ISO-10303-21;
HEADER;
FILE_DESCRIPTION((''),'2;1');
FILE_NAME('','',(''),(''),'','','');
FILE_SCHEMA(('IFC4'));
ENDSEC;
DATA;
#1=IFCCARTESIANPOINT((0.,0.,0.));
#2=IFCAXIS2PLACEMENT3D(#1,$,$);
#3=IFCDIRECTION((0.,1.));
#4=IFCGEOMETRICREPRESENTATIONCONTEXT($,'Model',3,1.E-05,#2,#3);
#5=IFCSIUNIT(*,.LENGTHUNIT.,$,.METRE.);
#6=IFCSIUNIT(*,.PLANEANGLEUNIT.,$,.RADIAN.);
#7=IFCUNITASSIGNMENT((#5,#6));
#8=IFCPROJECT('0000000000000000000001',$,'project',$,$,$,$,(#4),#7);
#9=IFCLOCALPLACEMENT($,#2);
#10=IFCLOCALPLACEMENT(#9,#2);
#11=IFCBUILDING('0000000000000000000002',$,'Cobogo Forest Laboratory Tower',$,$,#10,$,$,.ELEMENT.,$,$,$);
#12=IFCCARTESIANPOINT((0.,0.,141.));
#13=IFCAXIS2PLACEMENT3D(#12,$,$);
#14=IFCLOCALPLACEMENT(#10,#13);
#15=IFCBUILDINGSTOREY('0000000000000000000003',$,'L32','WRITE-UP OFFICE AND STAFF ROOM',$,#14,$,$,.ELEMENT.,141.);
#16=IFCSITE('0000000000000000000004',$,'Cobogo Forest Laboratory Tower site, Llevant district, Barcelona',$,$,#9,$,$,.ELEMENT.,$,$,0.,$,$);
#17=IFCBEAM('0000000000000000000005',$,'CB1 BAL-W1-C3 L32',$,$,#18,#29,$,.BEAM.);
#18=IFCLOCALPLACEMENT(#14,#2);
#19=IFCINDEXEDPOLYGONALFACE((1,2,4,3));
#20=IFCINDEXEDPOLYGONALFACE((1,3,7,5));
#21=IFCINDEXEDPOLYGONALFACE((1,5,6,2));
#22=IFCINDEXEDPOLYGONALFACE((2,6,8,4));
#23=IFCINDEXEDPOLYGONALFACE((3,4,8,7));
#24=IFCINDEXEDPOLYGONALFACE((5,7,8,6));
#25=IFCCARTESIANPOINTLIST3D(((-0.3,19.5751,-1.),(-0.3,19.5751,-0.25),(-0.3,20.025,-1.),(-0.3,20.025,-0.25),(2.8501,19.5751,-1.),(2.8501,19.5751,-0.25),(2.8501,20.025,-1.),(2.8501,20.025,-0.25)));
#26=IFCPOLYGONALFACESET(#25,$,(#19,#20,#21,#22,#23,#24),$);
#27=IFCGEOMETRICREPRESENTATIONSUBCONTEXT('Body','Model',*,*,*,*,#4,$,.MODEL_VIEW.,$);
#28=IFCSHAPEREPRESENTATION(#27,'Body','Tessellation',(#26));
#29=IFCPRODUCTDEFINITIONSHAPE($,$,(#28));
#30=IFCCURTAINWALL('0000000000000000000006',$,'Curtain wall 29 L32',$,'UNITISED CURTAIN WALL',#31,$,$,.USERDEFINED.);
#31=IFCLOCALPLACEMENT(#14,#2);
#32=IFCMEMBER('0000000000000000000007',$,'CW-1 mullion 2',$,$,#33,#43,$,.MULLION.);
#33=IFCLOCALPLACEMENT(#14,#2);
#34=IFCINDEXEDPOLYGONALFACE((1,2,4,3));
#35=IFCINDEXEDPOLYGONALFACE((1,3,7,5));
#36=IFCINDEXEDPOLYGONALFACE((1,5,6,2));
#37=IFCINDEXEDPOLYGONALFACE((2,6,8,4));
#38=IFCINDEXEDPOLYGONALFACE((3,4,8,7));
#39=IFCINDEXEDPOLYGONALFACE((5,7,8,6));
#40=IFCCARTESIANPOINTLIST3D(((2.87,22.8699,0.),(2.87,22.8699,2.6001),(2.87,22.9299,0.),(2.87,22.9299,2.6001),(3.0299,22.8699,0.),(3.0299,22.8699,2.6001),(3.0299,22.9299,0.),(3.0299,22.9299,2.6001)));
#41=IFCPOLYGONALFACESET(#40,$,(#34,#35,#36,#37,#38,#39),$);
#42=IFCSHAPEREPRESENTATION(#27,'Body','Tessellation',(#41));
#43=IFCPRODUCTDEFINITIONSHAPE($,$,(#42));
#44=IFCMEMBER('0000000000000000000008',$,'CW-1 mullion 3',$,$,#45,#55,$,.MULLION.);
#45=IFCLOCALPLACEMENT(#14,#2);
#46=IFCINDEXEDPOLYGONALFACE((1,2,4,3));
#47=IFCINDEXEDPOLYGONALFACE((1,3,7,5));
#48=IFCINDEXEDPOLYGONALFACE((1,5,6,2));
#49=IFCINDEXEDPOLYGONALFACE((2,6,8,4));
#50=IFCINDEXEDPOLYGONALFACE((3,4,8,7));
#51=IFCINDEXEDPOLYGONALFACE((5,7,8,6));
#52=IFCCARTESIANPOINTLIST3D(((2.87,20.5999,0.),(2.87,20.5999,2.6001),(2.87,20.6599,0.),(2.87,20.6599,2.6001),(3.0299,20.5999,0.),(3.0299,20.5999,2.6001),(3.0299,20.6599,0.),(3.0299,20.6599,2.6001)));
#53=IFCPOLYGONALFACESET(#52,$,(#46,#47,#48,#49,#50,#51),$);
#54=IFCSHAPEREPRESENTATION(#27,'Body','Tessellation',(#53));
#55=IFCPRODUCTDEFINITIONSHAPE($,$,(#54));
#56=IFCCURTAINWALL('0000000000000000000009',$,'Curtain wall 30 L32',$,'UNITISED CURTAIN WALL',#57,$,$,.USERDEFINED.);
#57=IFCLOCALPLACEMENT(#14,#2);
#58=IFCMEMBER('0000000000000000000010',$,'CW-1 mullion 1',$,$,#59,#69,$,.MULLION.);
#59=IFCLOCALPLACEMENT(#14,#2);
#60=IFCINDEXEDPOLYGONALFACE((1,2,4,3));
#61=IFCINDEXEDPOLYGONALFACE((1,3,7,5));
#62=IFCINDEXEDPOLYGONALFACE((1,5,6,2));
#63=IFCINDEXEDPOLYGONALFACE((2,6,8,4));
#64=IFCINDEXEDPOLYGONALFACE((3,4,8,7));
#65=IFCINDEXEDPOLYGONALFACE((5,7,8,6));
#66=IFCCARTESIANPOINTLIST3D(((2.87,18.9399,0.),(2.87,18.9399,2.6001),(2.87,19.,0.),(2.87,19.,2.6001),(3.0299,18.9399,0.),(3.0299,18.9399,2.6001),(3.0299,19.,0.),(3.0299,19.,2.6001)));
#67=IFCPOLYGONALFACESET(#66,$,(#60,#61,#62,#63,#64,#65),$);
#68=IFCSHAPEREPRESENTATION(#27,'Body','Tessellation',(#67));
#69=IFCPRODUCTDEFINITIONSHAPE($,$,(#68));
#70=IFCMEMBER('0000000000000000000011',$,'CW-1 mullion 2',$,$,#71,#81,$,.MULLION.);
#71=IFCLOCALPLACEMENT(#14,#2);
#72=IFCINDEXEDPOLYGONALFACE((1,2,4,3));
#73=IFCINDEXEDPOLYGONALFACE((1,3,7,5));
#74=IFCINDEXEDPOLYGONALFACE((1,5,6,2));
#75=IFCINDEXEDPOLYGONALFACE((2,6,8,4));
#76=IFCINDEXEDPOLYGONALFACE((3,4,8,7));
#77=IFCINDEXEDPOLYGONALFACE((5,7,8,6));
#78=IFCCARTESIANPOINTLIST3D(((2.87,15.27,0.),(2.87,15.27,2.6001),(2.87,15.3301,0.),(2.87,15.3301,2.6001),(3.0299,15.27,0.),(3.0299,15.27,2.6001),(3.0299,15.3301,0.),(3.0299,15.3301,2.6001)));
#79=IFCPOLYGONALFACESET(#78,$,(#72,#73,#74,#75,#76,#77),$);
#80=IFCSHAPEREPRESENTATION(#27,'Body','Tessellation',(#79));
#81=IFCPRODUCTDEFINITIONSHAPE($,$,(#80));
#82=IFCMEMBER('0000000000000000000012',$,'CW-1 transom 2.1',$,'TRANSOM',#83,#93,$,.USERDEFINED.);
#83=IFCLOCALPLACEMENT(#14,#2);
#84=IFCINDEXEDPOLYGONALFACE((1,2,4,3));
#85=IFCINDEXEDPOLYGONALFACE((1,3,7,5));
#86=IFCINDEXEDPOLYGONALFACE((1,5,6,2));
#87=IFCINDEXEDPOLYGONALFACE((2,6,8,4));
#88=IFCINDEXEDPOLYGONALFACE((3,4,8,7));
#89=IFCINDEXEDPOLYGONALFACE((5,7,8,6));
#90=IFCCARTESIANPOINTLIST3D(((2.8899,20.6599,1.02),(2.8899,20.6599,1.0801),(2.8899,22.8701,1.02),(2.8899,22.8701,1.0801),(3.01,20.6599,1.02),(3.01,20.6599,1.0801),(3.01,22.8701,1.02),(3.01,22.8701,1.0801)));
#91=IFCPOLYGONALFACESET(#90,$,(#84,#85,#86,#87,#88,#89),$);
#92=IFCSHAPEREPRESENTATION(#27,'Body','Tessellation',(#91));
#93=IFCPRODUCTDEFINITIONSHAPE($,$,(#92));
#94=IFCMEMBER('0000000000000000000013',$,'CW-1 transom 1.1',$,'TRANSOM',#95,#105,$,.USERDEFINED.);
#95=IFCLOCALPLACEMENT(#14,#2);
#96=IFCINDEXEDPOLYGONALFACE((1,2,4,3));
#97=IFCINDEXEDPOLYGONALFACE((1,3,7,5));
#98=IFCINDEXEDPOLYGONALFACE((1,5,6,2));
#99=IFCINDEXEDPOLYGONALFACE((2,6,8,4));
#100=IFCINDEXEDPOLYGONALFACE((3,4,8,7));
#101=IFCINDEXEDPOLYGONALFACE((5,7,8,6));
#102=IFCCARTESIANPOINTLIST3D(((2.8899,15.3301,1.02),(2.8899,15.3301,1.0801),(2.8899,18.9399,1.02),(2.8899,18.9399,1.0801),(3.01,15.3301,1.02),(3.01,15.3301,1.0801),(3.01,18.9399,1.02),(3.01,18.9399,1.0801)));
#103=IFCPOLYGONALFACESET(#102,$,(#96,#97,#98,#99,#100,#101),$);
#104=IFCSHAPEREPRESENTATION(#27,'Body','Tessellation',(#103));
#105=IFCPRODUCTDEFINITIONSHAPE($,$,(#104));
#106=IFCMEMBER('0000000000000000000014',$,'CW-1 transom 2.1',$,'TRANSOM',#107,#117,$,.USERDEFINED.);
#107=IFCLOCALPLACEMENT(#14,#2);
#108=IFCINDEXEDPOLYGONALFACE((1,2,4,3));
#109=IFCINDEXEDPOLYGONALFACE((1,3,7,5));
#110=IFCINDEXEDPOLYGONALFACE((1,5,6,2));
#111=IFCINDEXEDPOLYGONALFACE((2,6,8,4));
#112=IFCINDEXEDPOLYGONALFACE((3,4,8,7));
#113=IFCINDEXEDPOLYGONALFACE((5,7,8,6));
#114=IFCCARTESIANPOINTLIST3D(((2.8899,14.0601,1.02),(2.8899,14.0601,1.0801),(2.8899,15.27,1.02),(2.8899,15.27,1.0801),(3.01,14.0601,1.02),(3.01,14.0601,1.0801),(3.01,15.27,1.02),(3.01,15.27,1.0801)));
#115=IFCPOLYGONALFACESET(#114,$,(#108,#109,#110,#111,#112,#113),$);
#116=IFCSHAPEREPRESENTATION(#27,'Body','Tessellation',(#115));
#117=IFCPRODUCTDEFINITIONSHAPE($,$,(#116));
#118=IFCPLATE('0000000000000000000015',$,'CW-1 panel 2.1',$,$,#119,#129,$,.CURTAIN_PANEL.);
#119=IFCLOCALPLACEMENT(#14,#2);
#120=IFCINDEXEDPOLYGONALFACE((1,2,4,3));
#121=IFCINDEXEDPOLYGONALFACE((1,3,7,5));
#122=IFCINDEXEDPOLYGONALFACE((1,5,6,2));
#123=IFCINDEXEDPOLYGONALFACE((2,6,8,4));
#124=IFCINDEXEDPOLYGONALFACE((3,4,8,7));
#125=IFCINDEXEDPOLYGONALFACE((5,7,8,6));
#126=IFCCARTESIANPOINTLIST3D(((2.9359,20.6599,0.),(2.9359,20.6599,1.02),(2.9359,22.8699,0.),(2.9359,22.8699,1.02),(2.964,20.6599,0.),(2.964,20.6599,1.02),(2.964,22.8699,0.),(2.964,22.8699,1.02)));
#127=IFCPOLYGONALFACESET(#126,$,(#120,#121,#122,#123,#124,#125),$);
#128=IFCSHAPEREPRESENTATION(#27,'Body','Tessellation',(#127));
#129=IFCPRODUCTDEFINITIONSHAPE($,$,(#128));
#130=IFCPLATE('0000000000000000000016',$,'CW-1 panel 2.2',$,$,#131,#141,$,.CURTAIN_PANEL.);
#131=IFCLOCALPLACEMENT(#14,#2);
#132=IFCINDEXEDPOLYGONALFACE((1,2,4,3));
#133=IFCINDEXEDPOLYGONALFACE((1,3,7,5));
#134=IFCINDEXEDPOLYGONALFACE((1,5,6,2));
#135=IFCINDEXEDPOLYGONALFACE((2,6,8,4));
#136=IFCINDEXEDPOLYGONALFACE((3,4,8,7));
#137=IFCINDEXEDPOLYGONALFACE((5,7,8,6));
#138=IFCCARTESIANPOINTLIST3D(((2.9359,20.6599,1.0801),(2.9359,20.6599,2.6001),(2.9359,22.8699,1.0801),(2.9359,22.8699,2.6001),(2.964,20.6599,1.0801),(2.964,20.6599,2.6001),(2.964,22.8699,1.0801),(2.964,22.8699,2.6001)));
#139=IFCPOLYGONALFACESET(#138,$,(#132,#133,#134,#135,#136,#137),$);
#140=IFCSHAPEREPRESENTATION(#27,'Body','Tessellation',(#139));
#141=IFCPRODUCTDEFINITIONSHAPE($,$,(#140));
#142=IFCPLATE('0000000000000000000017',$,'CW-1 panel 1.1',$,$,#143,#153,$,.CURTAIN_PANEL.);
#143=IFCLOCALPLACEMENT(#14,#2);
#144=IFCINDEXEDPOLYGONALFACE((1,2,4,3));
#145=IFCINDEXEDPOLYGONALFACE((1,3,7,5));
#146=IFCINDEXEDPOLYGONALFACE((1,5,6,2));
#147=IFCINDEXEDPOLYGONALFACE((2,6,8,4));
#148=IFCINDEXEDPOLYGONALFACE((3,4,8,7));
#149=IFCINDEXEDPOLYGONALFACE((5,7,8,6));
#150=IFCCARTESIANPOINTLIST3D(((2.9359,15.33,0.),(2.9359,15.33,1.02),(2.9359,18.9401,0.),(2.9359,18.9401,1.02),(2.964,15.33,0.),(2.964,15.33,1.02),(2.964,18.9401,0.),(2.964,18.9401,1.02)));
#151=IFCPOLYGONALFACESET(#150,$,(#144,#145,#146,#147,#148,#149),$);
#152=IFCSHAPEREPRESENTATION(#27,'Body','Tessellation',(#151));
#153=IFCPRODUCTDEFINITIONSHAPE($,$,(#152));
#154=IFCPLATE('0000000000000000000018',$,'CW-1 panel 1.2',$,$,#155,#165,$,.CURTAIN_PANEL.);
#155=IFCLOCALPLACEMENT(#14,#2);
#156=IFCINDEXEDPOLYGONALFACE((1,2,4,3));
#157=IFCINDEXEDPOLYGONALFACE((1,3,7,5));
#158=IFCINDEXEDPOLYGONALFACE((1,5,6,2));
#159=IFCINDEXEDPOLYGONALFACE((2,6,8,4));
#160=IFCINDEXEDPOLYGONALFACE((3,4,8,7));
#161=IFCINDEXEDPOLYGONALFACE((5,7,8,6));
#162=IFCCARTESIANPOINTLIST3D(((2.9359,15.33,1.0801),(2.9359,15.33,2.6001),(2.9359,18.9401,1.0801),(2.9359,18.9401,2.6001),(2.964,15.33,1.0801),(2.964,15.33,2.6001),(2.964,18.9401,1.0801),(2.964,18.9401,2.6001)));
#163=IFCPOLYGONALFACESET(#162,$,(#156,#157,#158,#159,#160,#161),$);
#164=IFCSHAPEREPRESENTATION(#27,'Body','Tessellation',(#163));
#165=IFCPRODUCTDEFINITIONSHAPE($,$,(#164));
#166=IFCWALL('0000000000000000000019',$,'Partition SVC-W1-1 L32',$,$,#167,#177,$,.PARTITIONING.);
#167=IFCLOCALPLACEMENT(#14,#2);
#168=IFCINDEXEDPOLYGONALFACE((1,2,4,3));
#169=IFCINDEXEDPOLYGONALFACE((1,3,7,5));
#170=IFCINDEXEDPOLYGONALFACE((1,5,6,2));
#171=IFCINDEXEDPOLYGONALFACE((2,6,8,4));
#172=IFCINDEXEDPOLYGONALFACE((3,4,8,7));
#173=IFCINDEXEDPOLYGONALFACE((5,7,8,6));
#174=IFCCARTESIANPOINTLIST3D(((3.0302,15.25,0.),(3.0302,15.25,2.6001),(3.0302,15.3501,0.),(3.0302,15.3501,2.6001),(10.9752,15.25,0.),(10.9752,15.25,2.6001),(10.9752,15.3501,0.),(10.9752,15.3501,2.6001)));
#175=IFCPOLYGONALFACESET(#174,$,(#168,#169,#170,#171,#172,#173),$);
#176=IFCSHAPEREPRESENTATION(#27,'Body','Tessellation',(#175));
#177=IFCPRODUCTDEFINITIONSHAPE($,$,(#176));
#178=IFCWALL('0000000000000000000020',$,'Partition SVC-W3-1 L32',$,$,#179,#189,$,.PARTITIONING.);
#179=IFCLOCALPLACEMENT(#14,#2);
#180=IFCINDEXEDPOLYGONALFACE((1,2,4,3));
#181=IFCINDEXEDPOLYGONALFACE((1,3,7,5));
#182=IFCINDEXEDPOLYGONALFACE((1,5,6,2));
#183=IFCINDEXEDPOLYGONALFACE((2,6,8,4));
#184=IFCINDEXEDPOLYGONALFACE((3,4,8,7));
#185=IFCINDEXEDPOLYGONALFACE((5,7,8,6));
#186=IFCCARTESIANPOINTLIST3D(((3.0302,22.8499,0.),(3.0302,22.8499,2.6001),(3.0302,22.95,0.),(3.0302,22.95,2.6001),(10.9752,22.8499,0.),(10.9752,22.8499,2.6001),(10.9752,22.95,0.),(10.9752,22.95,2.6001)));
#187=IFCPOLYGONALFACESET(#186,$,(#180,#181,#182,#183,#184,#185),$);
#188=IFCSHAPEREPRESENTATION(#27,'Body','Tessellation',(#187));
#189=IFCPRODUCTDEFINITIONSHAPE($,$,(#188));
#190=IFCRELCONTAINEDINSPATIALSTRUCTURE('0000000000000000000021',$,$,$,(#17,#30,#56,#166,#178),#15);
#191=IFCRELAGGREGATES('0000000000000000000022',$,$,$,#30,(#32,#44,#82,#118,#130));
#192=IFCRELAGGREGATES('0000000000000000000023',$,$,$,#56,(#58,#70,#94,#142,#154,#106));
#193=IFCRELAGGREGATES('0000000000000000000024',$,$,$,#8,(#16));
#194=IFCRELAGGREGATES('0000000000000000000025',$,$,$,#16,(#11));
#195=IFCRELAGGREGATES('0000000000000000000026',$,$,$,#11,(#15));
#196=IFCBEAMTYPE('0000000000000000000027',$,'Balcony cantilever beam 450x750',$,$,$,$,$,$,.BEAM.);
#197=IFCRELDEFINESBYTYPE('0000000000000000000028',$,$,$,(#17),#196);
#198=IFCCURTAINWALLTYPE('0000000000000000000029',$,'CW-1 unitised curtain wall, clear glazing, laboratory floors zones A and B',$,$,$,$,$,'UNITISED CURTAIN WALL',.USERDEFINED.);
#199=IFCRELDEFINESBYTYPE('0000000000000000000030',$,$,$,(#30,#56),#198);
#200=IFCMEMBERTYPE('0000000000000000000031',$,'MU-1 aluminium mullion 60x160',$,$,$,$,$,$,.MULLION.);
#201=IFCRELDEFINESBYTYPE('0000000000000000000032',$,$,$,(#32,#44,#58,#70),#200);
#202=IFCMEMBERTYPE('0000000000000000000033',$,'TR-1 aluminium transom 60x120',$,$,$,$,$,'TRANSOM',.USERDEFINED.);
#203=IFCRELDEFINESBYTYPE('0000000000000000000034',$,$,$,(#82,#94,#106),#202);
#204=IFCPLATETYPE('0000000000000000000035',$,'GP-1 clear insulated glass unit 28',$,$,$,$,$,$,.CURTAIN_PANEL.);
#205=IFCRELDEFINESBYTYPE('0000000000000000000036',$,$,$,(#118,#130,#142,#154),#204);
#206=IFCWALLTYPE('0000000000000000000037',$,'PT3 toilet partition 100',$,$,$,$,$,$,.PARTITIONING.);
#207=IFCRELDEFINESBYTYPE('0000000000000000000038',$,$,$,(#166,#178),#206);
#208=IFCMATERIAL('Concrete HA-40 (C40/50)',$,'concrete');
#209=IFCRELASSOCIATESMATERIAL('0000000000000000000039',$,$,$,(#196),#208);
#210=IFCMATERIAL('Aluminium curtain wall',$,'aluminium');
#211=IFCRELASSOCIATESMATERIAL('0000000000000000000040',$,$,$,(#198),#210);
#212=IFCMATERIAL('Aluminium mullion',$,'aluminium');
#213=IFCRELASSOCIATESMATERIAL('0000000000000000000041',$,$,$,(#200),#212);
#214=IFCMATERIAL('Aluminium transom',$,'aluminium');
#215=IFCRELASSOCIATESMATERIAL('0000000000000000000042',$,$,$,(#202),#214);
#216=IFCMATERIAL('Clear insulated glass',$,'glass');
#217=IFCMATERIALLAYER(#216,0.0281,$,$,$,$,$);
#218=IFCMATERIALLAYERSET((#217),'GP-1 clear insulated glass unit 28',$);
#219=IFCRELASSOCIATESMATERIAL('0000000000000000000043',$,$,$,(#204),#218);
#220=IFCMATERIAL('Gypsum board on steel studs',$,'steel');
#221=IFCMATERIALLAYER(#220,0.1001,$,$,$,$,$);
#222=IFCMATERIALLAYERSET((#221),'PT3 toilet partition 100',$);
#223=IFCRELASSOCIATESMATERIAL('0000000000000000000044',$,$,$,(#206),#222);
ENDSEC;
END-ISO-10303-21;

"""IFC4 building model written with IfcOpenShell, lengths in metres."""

from ifc_helpers import new_model, si_unit, direction, frame, frame_2d, origin, origin_2d, place, context, subcontext, project, spatial, rectangle, extrude, material, layer, layer_set, material_profile, profile_set, type_object, element, aggregate, save


model = new_model("IFC4")

# Units and contexts
model_context = context("Model", 3, precision=1e-05, world=origin(), true_north=direction((0.0, 1.0)))
body_context = subcontext(model_context, "Body", "Model", "MODEL_VIEW")
ifc_project = project(units=[si_unit("LENGTHUNIT", "METRE"), si_unit("PLANEANGLEUNIT", "RADIAN")], contexts=[model_context])

# Site, building, storey
site_placement = place(None, origin())
site = spatial("IfcSite", under=ifc_project, at=site_placement, Name="Cobogo Forest Laboratory Tower site, Llevant district, Barcelona", CompositionType="ELEMENT", RefElevation=0.0)
building_placement = place(site_placement, origin())
building = spatial("IfcBuilding", under=site, at=building_placement, Name="Cobogo Forest Laboratory Tower", CompositionType="ELEMENT")
storey_placement = place(building_placement, frame((0.0, 0.0, 141.0)))
storey = spatial("IfcBuildingStorey", under=building, at=storey_placement, Name="L32", Description="WRITE-UP OFFICE AND STAFF ROOM", CompositionType="ELEMENT", Elevation=141.0)

# Beam
ifc_material_1 = material(Name="Concrete HA-40 (C40/50)", Category="concrete")
ifc_material_profile_1 = material_profile(ifc_material_1, rectangle(XDim=0.45, YDim=0.75, at=origin_2d()), Name="RC 450x750")
ifc_profile_set_1 = profile_set([ifc_material_profile_1], Name="Concrete HA-40 (C40/50)")
beam_type = type_object("IfcBeamType", Name="Balcony cantilever beam 450x750", PredefinedType="BEAM", material=ifc_profile_set_1)
beam_placement = place(storey_placement, frame((2.8501, 19.8, -0.625), z_axis=(-1.0, 0.0, 0.0), x_axis=(0.0, -1.0, 0.0)))
element("IfcBeam", 1, at=beam_placement, inside=storey, type_object=beam_type, Name="CB1 BAL-W1-C3 L32", PredefinedType="BEAM", context=body_context, shape_type="SweptSolid", body=[
    extrude(rectangle(XDim=0.45, YDim=0.75, at=origin_2d()), origin(), (0.0, 0.0, 1.0), 3.1501),
])

# Curtain walls, members
ifc_material_2 = material(Name="Aluminium curtain wall", Category="aluminium")
curtain_wall_type = type_object("IfcCurtainWallType", Name="CW-1 unitised curtain wall, clear glazing, laboratory floors zones A and B", ElementType="UNITISED CURTAIN WALL", PredefinedType="USERDEFINED", material=ifc_material_2)
curtain_wall_1_placement = place(storey_placement, origin())
curtain_wall_1 = element("IfcCurtainWall", 2, at=curtain_wall_1_placement, inside=storey, type_object=curtain_wall_type, Name="Curtain wall 29 L32", ObjectType="UNITISED CURTAIN WALL", PredefinedType="USERDEFINED")
ifc_material_3 = material(Name="Aluminium mullion", Category="aluminium")
ifc_material_profile_2 = material_profile(ifc_material_3, rectangle(XDim=0.0601, YDim=0.1599, at=origin_2d()), Name="AL 60x160")
ifc_profile_set_2 = profile_set([ifc_material_profile_2], Name="Aluminium mullion")
member_type_1 = type_object("IfcMemberType", Name="MU-1 aluminium mullion 60x160", PredefinedType="MULLION", material=ifc_profile_set_2)
member_1_placement = place(storey_placement, frame((2.95, 22.8999, 0.0), z_axis=(0.0, 0.0, 1.0), x_axis=(0.0, -1.0, 0.0)))
member_1 = element("IfcMember", 3, at=member_1_placement, type_object=member_type_1, Name="CW-1 mullion 2", PredefinedType="MULLION", context=body_context, shape_type="SweptSolid", body=[
    extrude(rectangle(XDim=0.0601, YDim=0.1599, at=origin_2d()), origin(), (0.0, 0.0, 1.0), 2.6001),
])
member_2_placement = place(storey_placement, frame((2.95, 20.6299, 0.0), z_axis=(0.0, 0.0, 1.0), x_axis=(0.0, -1.0, 0.0)))
member_2 = element("IfcMember", 4, at=member_2_placement, type_object=member_type_1, Name="CW-1 mullion 3", PredefinedType="MULLION", context=body_context, shape_type="SweptSolid", body=[
    extrude(rectangle(XDim=0.0601, YDim=0.1599, at=origin_2d()), origin(), (0.0, 0.0, 1.0), 2.6001),
])
curtain_wall_2_placement = place(storey_placement, origin())
curtain_wall_2 = element("IfcCurtainWall", 5, at=curtain_wall_2_placement, inside=storey, type_object=curtain_wall_type, Name="Curtain wall 30 L32", ObjectType="UNITISED CURTAIN WALL", PredefinedType="USERDEFINED")
member_3_placement = place(storey_placement, frame((2.95, 18.97, 0.0), z_axis=(0.0, 0.0, 1.0), x_axis=(0.0, -1.0, 0.0)))
member_3 = element("IfcMember", 6, at=member_3_placement, type_object=member_type_1, Name="CW-1 mullion 1", PredefinedType="MULLION", context=body_context, shape_type="SweptSolid", body=[
    extrude(rectangle(XDim=0.0601, YDim=0.1599, at=origin_2d()), origin(), (0.0, 0.0, 1.0), 2.6001),
])
member_4_placement = place(storey_placement, frame((2.95, 15.3, 0.0), z_axis=(0.0, 0.0, 1.0), x_axis=(0.0, -1.0, 0.0)))
member_4 = element("IfcMember", 7, at=member_4_placement, type_object=member_type_1, Name="CW-1 mullion 2", PredefinedType="MULLION", context=body_context, shape_type="SweptSolid", body=[
    extrude(rectangle(XDim=0.0601, YDim=0.1599, at=origin_2d()), origin(), (0.0, 0.0, 1.0), 2.6001),
])

# Members
ifc_material_4 = material(Name="Aluminium transom", Category="aluminium")
ifc_material_profile_3 = material_profile(ifc_material_4, rectangle(XDim=0.1201, YDim=0.0601, at=origin_2d()), Name="AL 60x120")
ifc_profile_set_3 = profile_set([ifc_material_profile_3], Name="Aluminium transom")
member_type_2 = type_object("IfcMemberType", Name="TR-1 aluminium transom 60x120", ElementType="TRANSOM", PredefinedType="USERDEFINED", material=ifc_profile_set_3)
member_5_placement = place(storey_placement, frame((2.95, 22.8701, 1.05), z_axis=(0.0, -1.0, 0.0), x_axis=(1.0, 0.0, 0.0)))
member_5 = element("IfcMember", 8, at=member_5_placement, type_object=member_type_2, Name="CW-1 transom 2.1", ObjectType="TRANSOM", PredefinedType="USERDEFINED", context=body_context, shape_type="SweptSolid", body=[
    extrude(rectangle(XDim=0.1201, YDim=0.0601, at=origin_2d()), origin(), (0.0, 0.0, 1.0), 2.2102),
])
member_6_placement = place(storey_placement, frame((2.95, 18.9399, 1.05), z_axis=(0.0, -1.0, 0.0), x_axis=(1.0, 0.0, 0.0)))
member_6 = element("IfcMember", 9, at=member_6_placement, type_object=member_type_2, Name="CW-1 transom 1.1", ObjectType="TRANSOM", PredefinedType="USERDEFINED", context=body_context, shape_type="SweptSolid", body=[
    extrude(rectangle(XDim=0.1201, YDim=0.0601, at=origin_2d()), origin(), (0.0, 0.0, 1.0), 3.6099),
])
member_7_placement = place(storey_placement, frame((2.95, 15.27, 1.05), z_axis=(0.0, -1.0, 0.0), x_axis=(1.0, 0.0, 0.0)))
member_7 = element("IfcMember", 10, at=member_7_placement, type_object=member_type_2, Name="CW-1 transom 2.1", ObjectType="TRANSOM", PredefinedType="USERDEFINED", context=body_context, shape_type="SweptSolid", body=[
    extrude(rectangle(XDim=0.1201, YDim=0.0601, at=origin_2d()), origin(), (0.0, 0.0, 1.0), 1.21),
])

# Plates
ifc_material_5 = material(Name="Clear insulated glass", Category="glass")
ifc_layer_1 = layer(ifc_material_5, 0.0281)
ifc_layer_set_1 = layer_set([ifc_layer_1], Name="GP-1 clear insulated glass unit 28")
plate_type_1 = type_object("IfcPlateType", Name="GP-1 clear insulated glass unit 28", PredefinedType="CURTAIN_PANEL", material=ifc_layer_set_1)
plate_1_placement = place(storey_placement, frame((2.95, 21.7649, 0.0), z_axis=(0.0, 0.0, 1.0), x_axis=(0.0, -1.0, 0.0)))
plate_1 = element("IfcPlate", 11, at=plate_1_placement, type_object=plate_type_1, Name="CW-1 panel 2.1", PredefinedType="CURTAIN_PANEL", context=body_context, shape_type="SweptSolid", body=[
    extrude(rectangle(XDim=2.21, YDim=0.0281, at=origin_2d()), origin(), (0.0, 0.0, 1.0), 1.02),
])
plate_2_placement = place(storey_placement, frame((2.95, 21.7649, 1.0801), z_axis=(0.0, 0.0, 1.0), x_axis=(0.0, -1.0, 0.0)))
plate_2 = element("IfcPlate", 12, at=plate_2_placement, type_object=plate_type_1, Name="CW-1 panel 2.2", PredefinedType="CURTAIN_PANEL", context=body_context, shape_type="SweptSolid", body=[
    extrude(rectangle(XDim=2.21, YDim=0.0281, at=origin_2d()), origin(), (0.0, 0.0, 1.0), 1.52),
])
aggregate(curtain_wall_1, [member_1, member_2, member_5, plate_1, plate_2])
plate_3_placement = place(storey_placement, frame((2.95, 17.135, 0.0), z_axis=(0.0, 0.0, 1.0), x_axis=(0.0, -1.0, 0.0)))
plate_3 = element("IfcPlate", 13, at=plate_3_placement, type_object=plate_type_1, Name="CW-1 panel 1.1", PredefinedType="CURTAIN_PANEL", context=body_context, shape_type="SweptSolid", body=[
    extrude(rectangle(XDim=3.6101, YDim=0.0281, at=origin_2d()), origin(), (0.0, 0.0, 1.0), 1.02),
])
plate_4_placement = place(storey_placement, frame((2.95, 17.135, 1.0801), z_axis=(0.0, 0.0, 1.0), x_axis=(0.0, -1.0, 0.0)))
plate_4 = element("IfcPlate", 14, at=plate_4_placement, type_object=plate_type_1, Name="CW-1 panel 1.2", PredefinedType="CURTAIN_PANEL", context=body_context, shape_type="SweptSolid", body=[
    extrude(rectangle(XDim=3.6101, YDim=0.0281, at=origin_2d()), origin(), (0.0, 0.0, 1.0), 1.52),
])
aggregate(curtain_wall_2, [member_3, member_4, member_6, plate_3, plate_4, member_7])

# Walls
ifc_material_6 = material(Name="Gypsum board on steel studs", Category="steel")
ifc_layer_2 = layer(ifc_material_6, 0.1001)
ifc_layer_set_2 = layer_set([ifc_layer_2], Name="PT3 toilet partition 100")
wall_type = type_object("IfcWallType", Name="PT3 toilet partition 100", PredefinedType="PARTITIONING", material=ifc_layer_set_2)
for number, where, z_axis, x_axis, name in (
    (15, (3.03, 15.3, 0.0), (0.0, 0.0, 1.0), (1.0, 0.0, 0.0), "Partition SVC-W1-1 L32"),
    (16, (3.03, 22.8999, 0.0), (0.0, 0.0, 1.0), (1.0, 0.0, 0.0), "Partition SVC-W3-1 L32"),
):
    element("IfcWall", number, at=place(storey_placement, frame(where, z_axis=z_axis, x_axis=x_axis)), inside=storey, type_object=wall_type, Name=name, PredefinedType="PARTITIONING", context=body_context, shape_type="SweptSolid", body=[
        extrude(rectangle(XDim=7.9451, YDim=0.1001, at=frame_2d((3.9727, 0.0))), origin(), (0.0, 0.0, 1.0), 2.6001),
    ])

save(model, "model.ifc")
